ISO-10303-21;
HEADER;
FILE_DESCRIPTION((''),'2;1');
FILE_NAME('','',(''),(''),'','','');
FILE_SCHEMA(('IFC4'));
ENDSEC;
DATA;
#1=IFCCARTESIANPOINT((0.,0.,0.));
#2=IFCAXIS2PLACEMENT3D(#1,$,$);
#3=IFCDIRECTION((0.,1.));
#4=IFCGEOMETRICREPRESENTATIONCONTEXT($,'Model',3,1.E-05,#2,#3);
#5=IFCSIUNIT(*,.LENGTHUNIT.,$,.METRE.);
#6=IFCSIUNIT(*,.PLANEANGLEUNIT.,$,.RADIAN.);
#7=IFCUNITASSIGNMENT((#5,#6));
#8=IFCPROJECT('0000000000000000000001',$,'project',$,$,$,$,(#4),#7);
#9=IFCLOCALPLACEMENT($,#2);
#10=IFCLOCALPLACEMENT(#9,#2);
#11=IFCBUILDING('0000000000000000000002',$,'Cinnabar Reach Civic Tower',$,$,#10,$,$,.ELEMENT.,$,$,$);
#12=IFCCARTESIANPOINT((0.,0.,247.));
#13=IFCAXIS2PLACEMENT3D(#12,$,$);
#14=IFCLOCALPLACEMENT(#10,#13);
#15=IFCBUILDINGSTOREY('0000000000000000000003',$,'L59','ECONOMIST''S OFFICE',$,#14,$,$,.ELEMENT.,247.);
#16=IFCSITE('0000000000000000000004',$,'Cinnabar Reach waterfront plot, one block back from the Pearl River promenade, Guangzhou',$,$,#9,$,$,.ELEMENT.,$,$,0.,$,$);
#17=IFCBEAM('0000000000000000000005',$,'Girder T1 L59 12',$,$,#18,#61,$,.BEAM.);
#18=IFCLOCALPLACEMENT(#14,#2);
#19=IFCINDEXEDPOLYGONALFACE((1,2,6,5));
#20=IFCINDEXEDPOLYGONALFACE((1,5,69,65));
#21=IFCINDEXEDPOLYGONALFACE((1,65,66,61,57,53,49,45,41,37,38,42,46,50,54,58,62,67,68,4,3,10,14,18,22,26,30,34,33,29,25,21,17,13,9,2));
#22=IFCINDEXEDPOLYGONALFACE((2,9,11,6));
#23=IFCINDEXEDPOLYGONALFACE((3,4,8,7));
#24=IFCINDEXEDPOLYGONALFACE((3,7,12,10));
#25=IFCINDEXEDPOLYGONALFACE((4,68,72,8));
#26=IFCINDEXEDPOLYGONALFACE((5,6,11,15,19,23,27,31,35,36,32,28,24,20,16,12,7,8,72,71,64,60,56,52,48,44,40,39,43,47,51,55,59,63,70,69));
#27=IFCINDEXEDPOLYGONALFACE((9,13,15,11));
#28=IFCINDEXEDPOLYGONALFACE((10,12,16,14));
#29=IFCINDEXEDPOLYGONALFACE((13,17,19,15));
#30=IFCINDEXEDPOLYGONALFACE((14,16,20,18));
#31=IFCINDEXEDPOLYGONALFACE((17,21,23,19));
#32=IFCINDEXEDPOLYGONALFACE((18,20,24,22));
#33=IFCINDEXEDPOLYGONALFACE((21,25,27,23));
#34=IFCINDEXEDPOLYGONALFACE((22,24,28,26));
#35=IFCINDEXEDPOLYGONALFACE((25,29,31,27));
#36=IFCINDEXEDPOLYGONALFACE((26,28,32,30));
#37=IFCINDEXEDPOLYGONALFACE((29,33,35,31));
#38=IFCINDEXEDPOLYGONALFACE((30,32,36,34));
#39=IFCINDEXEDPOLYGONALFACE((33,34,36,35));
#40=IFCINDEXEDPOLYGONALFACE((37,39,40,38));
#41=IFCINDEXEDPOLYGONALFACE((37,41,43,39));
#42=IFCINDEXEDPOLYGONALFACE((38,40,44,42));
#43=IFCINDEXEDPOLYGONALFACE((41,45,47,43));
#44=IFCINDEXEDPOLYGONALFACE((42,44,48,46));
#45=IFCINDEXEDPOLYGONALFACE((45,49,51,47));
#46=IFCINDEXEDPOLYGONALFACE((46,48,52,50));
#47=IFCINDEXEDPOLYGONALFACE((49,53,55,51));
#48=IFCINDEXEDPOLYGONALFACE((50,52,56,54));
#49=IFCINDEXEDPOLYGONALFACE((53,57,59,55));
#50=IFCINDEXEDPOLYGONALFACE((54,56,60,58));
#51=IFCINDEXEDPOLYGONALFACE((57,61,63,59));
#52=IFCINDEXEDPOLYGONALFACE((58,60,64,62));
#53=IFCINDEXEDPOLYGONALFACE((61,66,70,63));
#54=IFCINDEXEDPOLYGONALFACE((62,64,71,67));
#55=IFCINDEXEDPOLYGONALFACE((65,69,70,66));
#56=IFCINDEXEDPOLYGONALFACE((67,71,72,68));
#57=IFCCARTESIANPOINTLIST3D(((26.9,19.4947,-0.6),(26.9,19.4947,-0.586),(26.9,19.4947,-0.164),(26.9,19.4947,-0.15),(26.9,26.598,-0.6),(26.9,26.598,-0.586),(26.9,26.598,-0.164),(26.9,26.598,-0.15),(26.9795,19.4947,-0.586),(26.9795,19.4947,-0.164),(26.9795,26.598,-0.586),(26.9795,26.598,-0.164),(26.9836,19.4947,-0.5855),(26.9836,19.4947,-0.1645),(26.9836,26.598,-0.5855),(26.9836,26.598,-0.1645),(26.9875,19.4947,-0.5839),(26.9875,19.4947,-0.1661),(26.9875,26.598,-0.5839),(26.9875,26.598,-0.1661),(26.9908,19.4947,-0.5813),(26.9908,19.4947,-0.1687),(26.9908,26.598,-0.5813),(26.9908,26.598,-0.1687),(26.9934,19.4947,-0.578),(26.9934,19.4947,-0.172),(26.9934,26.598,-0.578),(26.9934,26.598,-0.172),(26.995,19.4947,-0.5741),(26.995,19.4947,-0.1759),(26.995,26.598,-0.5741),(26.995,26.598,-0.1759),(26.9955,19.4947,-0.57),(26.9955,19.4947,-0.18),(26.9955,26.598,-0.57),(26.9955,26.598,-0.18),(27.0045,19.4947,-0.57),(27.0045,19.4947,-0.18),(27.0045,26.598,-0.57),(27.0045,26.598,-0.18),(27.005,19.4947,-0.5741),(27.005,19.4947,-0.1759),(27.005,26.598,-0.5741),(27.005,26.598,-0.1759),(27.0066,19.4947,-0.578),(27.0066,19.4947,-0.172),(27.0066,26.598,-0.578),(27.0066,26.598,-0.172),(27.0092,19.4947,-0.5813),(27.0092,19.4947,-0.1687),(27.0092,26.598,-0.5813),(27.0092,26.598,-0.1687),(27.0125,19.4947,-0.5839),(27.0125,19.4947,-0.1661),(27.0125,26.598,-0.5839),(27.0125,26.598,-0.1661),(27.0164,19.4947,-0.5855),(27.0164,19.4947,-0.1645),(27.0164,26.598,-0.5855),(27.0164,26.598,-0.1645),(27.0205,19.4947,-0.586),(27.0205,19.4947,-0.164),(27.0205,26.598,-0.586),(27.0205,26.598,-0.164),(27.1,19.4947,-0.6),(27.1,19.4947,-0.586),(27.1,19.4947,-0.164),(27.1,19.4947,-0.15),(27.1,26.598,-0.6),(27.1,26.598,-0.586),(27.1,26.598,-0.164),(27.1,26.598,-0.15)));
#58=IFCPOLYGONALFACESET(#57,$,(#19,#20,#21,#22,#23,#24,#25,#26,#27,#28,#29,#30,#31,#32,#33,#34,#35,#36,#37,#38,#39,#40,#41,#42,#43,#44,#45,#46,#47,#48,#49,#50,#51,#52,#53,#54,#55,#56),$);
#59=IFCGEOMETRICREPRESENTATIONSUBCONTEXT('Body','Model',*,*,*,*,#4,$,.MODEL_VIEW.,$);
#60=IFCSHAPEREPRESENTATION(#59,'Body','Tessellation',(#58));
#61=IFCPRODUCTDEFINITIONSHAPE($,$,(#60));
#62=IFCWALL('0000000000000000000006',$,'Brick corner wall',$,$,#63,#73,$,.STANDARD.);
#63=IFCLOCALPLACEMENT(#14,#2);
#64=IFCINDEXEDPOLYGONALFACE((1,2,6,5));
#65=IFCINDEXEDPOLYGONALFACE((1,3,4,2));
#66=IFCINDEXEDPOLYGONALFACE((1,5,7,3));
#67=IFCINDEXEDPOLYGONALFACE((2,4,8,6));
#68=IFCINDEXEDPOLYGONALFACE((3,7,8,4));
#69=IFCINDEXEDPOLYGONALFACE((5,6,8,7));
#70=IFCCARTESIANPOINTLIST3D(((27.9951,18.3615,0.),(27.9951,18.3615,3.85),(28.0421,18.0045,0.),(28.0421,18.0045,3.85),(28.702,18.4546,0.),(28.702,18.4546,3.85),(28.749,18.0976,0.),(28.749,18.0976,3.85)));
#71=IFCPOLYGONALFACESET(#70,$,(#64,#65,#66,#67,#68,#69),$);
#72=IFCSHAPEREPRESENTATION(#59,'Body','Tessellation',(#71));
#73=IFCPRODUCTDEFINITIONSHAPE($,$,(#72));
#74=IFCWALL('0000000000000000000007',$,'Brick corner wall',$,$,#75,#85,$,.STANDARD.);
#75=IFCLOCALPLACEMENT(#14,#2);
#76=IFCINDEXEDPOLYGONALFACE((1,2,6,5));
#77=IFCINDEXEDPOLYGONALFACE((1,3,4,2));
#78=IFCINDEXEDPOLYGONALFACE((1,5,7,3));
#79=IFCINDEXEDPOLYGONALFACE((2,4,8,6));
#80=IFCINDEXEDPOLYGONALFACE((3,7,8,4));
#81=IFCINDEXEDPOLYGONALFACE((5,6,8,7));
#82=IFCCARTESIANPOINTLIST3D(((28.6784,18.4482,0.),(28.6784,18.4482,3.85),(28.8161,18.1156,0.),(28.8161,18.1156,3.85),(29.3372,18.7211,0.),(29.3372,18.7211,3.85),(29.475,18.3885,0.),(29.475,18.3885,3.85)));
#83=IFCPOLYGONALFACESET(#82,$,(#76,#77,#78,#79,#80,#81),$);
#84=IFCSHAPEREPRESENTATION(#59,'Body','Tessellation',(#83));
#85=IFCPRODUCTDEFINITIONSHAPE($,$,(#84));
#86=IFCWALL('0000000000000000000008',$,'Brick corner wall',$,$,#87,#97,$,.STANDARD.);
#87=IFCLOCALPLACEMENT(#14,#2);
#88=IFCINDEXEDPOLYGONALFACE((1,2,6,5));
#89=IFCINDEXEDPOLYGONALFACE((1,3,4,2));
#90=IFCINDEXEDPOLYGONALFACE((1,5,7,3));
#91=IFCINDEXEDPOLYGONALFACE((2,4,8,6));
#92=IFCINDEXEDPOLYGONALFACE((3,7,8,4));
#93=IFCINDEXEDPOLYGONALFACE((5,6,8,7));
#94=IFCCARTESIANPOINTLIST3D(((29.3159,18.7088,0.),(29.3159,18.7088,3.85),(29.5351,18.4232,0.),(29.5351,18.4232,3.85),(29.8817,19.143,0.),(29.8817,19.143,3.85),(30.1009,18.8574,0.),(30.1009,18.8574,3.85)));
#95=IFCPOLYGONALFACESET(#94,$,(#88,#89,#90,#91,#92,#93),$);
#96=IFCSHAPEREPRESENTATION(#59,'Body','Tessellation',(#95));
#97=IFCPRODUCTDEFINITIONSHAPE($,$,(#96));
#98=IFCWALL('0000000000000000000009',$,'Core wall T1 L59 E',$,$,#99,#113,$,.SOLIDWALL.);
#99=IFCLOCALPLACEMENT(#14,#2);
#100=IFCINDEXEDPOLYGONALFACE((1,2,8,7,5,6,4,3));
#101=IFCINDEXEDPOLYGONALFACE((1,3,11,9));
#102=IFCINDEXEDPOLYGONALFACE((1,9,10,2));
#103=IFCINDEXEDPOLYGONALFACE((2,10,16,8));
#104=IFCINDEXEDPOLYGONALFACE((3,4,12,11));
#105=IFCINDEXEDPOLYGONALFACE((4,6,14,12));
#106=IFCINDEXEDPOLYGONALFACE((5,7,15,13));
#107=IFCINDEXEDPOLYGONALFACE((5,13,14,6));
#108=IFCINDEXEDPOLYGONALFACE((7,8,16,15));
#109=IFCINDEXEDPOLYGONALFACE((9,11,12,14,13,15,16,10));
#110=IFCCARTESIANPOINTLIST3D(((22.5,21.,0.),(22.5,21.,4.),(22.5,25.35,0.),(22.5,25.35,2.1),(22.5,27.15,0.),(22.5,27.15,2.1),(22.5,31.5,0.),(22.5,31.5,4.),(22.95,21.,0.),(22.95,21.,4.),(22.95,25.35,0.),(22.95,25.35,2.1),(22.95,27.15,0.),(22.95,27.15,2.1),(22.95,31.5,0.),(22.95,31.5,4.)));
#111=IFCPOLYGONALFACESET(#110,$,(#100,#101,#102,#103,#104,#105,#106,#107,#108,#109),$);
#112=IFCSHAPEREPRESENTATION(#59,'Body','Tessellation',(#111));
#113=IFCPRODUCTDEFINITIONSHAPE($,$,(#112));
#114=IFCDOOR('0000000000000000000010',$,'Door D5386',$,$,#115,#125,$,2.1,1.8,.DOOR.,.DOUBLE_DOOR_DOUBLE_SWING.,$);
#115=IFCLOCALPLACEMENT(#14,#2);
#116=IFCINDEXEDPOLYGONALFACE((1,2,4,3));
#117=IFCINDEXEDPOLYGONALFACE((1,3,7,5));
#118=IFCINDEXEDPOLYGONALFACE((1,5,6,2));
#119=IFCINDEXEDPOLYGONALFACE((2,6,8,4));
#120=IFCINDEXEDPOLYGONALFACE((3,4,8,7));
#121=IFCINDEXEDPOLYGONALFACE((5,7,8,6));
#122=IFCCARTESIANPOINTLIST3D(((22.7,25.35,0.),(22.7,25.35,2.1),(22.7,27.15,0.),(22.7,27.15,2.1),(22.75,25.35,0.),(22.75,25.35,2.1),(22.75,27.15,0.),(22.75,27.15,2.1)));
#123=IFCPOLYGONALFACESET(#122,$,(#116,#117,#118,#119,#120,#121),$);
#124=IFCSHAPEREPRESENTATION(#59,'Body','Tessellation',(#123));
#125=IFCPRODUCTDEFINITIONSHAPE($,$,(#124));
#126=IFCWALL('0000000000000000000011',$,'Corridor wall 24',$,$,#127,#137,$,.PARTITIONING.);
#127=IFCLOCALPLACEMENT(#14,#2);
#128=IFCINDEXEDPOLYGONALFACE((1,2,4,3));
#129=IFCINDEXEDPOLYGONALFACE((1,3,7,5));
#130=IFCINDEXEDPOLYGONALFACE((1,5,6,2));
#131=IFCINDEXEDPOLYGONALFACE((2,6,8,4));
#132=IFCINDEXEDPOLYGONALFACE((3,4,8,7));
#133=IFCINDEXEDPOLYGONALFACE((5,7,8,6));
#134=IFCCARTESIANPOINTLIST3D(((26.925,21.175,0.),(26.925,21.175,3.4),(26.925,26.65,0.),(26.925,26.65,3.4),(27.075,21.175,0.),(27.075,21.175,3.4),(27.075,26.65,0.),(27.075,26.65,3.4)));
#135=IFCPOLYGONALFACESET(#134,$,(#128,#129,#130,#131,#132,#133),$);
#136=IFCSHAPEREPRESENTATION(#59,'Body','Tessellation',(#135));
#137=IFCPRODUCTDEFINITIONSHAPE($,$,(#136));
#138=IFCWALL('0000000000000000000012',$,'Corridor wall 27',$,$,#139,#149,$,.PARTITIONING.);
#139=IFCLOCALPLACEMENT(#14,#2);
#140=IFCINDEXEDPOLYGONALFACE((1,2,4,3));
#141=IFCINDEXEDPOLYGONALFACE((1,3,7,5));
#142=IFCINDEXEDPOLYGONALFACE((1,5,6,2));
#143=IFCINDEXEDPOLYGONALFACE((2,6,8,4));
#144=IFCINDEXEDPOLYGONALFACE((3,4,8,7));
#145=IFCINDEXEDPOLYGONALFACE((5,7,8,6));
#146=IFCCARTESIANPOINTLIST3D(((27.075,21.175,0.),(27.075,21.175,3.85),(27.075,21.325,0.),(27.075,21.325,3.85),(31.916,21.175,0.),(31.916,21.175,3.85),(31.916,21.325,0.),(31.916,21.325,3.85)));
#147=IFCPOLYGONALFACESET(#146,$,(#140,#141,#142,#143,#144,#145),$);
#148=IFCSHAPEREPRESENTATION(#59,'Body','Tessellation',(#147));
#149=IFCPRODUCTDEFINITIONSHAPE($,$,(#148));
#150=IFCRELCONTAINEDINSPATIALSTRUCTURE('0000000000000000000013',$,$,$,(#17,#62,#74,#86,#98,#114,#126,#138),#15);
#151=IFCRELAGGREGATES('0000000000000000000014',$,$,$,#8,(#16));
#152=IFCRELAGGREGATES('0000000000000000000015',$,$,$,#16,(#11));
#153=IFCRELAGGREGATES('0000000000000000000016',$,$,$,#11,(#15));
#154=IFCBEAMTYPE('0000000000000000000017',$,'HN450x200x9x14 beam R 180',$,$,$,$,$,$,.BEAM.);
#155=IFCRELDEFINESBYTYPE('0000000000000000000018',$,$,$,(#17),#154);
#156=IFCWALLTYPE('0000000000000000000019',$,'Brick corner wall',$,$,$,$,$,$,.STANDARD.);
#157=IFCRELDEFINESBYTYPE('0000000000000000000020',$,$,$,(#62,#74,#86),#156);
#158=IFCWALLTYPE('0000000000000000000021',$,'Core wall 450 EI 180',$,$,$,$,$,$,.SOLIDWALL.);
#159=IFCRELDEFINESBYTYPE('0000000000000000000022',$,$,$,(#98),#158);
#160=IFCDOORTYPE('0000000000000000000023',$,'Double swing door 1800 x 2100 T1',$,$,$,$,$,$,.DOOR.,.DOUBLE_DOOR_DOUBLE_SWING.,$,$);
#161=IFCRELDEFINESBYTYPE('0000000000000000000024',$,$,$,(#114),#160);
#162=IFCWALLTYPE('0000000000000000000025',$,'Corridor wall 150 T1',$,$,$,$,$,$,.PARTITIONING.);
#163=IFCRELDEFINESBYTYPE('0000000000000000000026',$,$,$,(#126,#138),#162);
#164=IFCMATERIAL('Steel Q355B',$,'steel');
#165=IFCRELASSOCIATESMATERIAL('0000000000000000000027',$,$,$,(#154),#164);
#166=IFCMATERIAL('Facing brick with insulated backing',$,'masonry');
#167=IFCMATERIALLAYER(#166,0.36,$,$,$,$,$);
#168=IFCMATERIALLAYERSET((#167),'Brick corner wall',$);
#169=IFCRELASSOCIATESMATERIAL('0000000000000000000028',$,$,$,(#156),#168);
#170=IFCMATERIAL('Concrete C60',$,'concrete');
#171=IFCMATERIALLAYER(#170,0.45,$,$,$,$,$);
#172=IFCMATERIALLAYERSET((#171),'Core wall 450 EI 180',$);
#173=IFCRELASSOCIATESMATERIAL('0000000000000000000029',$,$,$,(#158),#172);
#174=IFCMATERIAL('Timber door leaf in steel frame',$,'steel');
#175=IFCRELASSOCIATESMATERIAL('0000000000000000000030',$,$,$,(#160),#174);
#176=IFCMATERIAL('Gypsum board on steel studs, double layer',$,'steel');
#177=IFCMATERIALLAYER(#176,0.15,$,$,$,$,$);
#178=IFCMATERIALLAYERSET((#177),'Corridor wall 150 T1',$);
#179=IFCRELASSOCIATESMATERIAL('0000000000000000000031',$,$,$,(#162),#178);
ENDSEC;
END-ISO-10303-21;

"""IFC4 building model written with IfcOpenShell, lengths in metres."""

from ifc_helpers import new_model, si_unit, direction, frame, frame_2d, origin, origin_2d, place, context, subcontext, project, spatial, rectangle, i_section, extrude, material, layer, layer_set, material_profile, profile_set, type_object, element, fill, save


model = new_model("IFC4")

# Units and contexts
model_context = context("Model", 3, precision=1e-05, world=origin(), true_north=direction((0.0, 1.0)))
body_context = subcontext(model_context, "Body", "Model", "MODEL_VIEW")
ifc_project = project(units=[si_unit("LENGTHUNIT", "METRE"), si_unit("PLANEANGLEUNIT", "RADIAN")], contexts=[model_context])

# Site, building, storey
site_placement = place(None, origin())
site = spatial("IfcSite", under=ifc_project, at=site_placement, Name="Cinnabar Reach waterfront plot, one block back from the Pearl River promenade, Guangzhou", CompositionType="ELEMENT", RefElevation=0.0)
building_placement = place(site_placement, origin())
building = spatial("IfcBuilding", under=site, at=building_placement, Name="Cinnabar Reach Civic Tower", CompositionType="ELEMENT")
storey_placement = place(building_placement, frame((0.0, 0.0, 247.0)))
storey = spatial("IfcBuildingStorey", under=building, at=storey_placement, Name="L59", Description="ECONOMIST'S OFFICE", CompositionType="ELEMENT", Elevation=247.0)

# Shared definitions
ifc_material_1 = material(Name="Concrete C60", Category="concrete")

# Beam
ifc_material_2 = material(Name="Steel Q355B", Category="steel")
ifc_material_profile_1 = material_profile(ifc_material_2, i_section(OverallWidth=0.2, OverallDepth=0.45, WebThickness=0.009, FlangeThickness=0.014, FilletRadius=0.016, at=origin_2d()), Name="HN450x200x9x14")
ifc_profile_set_1 = profile_set([ifc_material_profile_1], Name="Steel Q355B")
beam_type_1 = type_object("IfcBeamType", Name="HN450x200x9x14 beam R 180", PredefinedType="BEAM", material=ifc_profile_set_1)
beam_1_placement = place(storey_placement, frame((27.0, 19.4947, -0.375), z_axis=(0.0, 1.0, 0.0), x_axis=(-1.0, 0.0, 0.0)))
element("IfcBeam", 1, at=beam_1_placement, inside=storey, type_object=beam_type_1, Name="Girder T1 L59 12", PredefinedType="BEAM", context=body_context, shape_type="SweptSolid", body=[
    extrude(i_section(OverallWidth=0.2, OverallDepth=0.45, WebThickness=0.009, FlangeThickness=0.014, FilletRadius=0.016, at=origin_2d()), origin(), (0.0, 0.0, 1.0), 7.1033),
])

# Walls
ifc_material_3 = material(Name="Facing brick with insulated backing", Category="masonry")
ifc_layer_1 = layer(ifc_material_3, 0.36)
ifc_layer_set_1 = layer_set([ifc_layer_1], Name="Brick corner wall")
wall_type_1 = type_object("IfcWallType", Name="Brick corner wall", PredefinedType="STANDARD", material=ifc_layer_set_1)
for number, where, z_axis, x_axis, name in (
    (2, (28.0186, 18.183, 0.0), (0.0, 0.0, 1.0), (0.991441, 0.130556, 0.0), "Brick corner wall"),
    (3, (28.7473, 18.2819, 0.0), (0.0, 0.0, 1.0), (0.923872, 0.382703, 0.0), "Brick corner wall"),
):
    element("IfcWall", number, at=place(storey_placement, frame(where, z_axis=z_axis, x_axis=x_axis)), inside=storey, type_object=wall_type_1, Name=name, PredefinedType="STANDARD", context=body_context, shape_type="SweptSolid", body=[
        extrude(rectangle(XDim=0.7131, YDim=0.36, at=frame_2d((0.3565, 0.0))), origin(), (0.0, 0.0, 1.0), 3.85),
    ])
wall_1_placement = place(storey_placement, frame((29.4255, 18.566, 0.0), z_axis=(0.0, 0.0, 1.0), x_axis=(0.793322, 0.608802, 0.0)))
element("IfcWall", 4, at=wall_1_placement, inside=storey, type_object=wall_type_1, Name="Brick corner wall", PredefinedType="STANDARD", context=body_context, shape_type="SweptSolid", body=[
    extrude(rectangle(XDim=0.7132, YDim=0.36, at=frame_2d((0.3566, 0.0))), origin(), (0.0, 0.0, 1.0), 3.85),
])

# Wall, opening, door
ifc_layer_2 = layer(ifc_material_1, 0.45)
ifc_layer_set_2 = layer_set([ifc_layer_2], Name="Core wall 450 EI 180")
wall_type_2 = type_object("IfcWallType", Name="Core wall 450 EI 180", PredefinedType="SOLIDWALL", material=ifc_layer_set_2)
wall_2_placement = place(storey_placement, frame((22.725, 21.0, 0.0), z_axis=(0.0, 0.0, 1.0), x_axis=(0.0, 1.0, 0.0)))
wall_2 = element("IfcWall", 5, at=wall_2_placement, inside=storey, type_object=wall_type_2, Name="Core wall T1 L59 E", PredefinedType="SOLIDWALL", context=body_context, shape_type="SweptSolid", body=[
    extrude(rectangle(XDim=10.5, YDim=0.45, at=frame_2d((5.25, 0.0))), origin(), (0.0, 0.0, 1.0), 4.0),
])
opening_placement = place(wall_2_placement, frame((4.35, 0.0, 0.0)))
opening = element("IfcOpeningElement", 6, at=opening_placement, cuts=wall_2, PredefinedType="OPENING", context=body_context, shape_type="SweptSolid", body=[
    extrude(rectangle(XDim=1.8, YDim=2.1, at=frame_2d((0.9, 1.05))), frame((0.0, 0.235, 0.0), z_axis=(0.0, -1.0, 0.0), x_axis=(1.0, 0.0, 0.0)), (0.0, 0.0, 1.0), 0.47),
])
ifc_material_4 = material(Name="Timber door leaf in steel frame", Category="steel")
door_type = type_object("IfcDoorType", Name="Double swing door 1800 x 2100 T1", OperationType="DOUBLE_DOOR_DOUBLE_SWING", PredefinedType="DOOR", material=ifc_material_4)
door_placement = place(opening_placement, origin())
door = element("IfcDoor", 7, at=door_placement, inside=storey, type_object=door_type, Name="Door D5386", OperationType="DOUBLE_DOOR_DOUBLE_SWING", OverallHeight=2.1, OverallWidth=1.8, PredefinedType="DOOR", context=body_context, shape_type="SweptSolid", body=[
    extrude(rectangle(XDim=1.8, YDim=2.1, at=frame_2d((0.9, 1.05))), frame((0.0, 0.025, 0.0), z_axis=(0.0, -1.0, 0.0), x_axis=(1.0, 0.0, 0.0)), (0.0, 0.0, 1.0), 0.05),
])
fill(opening, door)

# Walls
ifc_material_5 = material(Name="Gypsum board on steel studs, double layer", Category="steel")
ifc_layer_3 = layer(ifc_material_5, 0.15)
ifc_layer_set_3 = layer_set([ifc_layer_3], Name="Corridor wall 150 T1")
wall_type_3 = type_object("IfcWallType", Name="Corridor wall 150 T1", PredefinedType="PARTITIONING", material=ifc_layer_set_3)
wall_3_placement = place(storey_placement, frame((27.0, 21.175, 0.0), z_axis=(0.0, 0.0, 1.0), x_axis=(0.0, 1.0, 0.0)))
element("IfcWall", 8, at=wall_3_placement, inside=storey, type_object=wall_type_3, Name="Corridor wall 24", PredefinedType="PARTITIONING", context=body_context, shape_type="SweptSolid", body=[
    extrude(rectangle(XDim=5.475, YDim=0.15, at=frame_2d((2.7375, 0.0))), origin(), (0.0, 0.0, 1.0), 3.4),
])
wall_4_placement = place(storey_placement, frame((27.075, 21.25, 0.0), z_axis=(0.0, 0.0, 1.0), x_axis=(1.0, 0.0, 0.0)))
element("IfcWall", 9, at=wall_4_placement, inside=storey, type_object=wall_type_3, Name="Corridor wall 27", PredefinedType="PARTITIONING", context=body_context, shape_type="SweptSolid", body=[
    extrude(rectangle(XDim=4.841, YDim=0.15, at=frame_2d((2.4205, 0.0))), origin(), (0.0, 0.0, 1.0), 3.85),
])

save(model, "model.ifc")
